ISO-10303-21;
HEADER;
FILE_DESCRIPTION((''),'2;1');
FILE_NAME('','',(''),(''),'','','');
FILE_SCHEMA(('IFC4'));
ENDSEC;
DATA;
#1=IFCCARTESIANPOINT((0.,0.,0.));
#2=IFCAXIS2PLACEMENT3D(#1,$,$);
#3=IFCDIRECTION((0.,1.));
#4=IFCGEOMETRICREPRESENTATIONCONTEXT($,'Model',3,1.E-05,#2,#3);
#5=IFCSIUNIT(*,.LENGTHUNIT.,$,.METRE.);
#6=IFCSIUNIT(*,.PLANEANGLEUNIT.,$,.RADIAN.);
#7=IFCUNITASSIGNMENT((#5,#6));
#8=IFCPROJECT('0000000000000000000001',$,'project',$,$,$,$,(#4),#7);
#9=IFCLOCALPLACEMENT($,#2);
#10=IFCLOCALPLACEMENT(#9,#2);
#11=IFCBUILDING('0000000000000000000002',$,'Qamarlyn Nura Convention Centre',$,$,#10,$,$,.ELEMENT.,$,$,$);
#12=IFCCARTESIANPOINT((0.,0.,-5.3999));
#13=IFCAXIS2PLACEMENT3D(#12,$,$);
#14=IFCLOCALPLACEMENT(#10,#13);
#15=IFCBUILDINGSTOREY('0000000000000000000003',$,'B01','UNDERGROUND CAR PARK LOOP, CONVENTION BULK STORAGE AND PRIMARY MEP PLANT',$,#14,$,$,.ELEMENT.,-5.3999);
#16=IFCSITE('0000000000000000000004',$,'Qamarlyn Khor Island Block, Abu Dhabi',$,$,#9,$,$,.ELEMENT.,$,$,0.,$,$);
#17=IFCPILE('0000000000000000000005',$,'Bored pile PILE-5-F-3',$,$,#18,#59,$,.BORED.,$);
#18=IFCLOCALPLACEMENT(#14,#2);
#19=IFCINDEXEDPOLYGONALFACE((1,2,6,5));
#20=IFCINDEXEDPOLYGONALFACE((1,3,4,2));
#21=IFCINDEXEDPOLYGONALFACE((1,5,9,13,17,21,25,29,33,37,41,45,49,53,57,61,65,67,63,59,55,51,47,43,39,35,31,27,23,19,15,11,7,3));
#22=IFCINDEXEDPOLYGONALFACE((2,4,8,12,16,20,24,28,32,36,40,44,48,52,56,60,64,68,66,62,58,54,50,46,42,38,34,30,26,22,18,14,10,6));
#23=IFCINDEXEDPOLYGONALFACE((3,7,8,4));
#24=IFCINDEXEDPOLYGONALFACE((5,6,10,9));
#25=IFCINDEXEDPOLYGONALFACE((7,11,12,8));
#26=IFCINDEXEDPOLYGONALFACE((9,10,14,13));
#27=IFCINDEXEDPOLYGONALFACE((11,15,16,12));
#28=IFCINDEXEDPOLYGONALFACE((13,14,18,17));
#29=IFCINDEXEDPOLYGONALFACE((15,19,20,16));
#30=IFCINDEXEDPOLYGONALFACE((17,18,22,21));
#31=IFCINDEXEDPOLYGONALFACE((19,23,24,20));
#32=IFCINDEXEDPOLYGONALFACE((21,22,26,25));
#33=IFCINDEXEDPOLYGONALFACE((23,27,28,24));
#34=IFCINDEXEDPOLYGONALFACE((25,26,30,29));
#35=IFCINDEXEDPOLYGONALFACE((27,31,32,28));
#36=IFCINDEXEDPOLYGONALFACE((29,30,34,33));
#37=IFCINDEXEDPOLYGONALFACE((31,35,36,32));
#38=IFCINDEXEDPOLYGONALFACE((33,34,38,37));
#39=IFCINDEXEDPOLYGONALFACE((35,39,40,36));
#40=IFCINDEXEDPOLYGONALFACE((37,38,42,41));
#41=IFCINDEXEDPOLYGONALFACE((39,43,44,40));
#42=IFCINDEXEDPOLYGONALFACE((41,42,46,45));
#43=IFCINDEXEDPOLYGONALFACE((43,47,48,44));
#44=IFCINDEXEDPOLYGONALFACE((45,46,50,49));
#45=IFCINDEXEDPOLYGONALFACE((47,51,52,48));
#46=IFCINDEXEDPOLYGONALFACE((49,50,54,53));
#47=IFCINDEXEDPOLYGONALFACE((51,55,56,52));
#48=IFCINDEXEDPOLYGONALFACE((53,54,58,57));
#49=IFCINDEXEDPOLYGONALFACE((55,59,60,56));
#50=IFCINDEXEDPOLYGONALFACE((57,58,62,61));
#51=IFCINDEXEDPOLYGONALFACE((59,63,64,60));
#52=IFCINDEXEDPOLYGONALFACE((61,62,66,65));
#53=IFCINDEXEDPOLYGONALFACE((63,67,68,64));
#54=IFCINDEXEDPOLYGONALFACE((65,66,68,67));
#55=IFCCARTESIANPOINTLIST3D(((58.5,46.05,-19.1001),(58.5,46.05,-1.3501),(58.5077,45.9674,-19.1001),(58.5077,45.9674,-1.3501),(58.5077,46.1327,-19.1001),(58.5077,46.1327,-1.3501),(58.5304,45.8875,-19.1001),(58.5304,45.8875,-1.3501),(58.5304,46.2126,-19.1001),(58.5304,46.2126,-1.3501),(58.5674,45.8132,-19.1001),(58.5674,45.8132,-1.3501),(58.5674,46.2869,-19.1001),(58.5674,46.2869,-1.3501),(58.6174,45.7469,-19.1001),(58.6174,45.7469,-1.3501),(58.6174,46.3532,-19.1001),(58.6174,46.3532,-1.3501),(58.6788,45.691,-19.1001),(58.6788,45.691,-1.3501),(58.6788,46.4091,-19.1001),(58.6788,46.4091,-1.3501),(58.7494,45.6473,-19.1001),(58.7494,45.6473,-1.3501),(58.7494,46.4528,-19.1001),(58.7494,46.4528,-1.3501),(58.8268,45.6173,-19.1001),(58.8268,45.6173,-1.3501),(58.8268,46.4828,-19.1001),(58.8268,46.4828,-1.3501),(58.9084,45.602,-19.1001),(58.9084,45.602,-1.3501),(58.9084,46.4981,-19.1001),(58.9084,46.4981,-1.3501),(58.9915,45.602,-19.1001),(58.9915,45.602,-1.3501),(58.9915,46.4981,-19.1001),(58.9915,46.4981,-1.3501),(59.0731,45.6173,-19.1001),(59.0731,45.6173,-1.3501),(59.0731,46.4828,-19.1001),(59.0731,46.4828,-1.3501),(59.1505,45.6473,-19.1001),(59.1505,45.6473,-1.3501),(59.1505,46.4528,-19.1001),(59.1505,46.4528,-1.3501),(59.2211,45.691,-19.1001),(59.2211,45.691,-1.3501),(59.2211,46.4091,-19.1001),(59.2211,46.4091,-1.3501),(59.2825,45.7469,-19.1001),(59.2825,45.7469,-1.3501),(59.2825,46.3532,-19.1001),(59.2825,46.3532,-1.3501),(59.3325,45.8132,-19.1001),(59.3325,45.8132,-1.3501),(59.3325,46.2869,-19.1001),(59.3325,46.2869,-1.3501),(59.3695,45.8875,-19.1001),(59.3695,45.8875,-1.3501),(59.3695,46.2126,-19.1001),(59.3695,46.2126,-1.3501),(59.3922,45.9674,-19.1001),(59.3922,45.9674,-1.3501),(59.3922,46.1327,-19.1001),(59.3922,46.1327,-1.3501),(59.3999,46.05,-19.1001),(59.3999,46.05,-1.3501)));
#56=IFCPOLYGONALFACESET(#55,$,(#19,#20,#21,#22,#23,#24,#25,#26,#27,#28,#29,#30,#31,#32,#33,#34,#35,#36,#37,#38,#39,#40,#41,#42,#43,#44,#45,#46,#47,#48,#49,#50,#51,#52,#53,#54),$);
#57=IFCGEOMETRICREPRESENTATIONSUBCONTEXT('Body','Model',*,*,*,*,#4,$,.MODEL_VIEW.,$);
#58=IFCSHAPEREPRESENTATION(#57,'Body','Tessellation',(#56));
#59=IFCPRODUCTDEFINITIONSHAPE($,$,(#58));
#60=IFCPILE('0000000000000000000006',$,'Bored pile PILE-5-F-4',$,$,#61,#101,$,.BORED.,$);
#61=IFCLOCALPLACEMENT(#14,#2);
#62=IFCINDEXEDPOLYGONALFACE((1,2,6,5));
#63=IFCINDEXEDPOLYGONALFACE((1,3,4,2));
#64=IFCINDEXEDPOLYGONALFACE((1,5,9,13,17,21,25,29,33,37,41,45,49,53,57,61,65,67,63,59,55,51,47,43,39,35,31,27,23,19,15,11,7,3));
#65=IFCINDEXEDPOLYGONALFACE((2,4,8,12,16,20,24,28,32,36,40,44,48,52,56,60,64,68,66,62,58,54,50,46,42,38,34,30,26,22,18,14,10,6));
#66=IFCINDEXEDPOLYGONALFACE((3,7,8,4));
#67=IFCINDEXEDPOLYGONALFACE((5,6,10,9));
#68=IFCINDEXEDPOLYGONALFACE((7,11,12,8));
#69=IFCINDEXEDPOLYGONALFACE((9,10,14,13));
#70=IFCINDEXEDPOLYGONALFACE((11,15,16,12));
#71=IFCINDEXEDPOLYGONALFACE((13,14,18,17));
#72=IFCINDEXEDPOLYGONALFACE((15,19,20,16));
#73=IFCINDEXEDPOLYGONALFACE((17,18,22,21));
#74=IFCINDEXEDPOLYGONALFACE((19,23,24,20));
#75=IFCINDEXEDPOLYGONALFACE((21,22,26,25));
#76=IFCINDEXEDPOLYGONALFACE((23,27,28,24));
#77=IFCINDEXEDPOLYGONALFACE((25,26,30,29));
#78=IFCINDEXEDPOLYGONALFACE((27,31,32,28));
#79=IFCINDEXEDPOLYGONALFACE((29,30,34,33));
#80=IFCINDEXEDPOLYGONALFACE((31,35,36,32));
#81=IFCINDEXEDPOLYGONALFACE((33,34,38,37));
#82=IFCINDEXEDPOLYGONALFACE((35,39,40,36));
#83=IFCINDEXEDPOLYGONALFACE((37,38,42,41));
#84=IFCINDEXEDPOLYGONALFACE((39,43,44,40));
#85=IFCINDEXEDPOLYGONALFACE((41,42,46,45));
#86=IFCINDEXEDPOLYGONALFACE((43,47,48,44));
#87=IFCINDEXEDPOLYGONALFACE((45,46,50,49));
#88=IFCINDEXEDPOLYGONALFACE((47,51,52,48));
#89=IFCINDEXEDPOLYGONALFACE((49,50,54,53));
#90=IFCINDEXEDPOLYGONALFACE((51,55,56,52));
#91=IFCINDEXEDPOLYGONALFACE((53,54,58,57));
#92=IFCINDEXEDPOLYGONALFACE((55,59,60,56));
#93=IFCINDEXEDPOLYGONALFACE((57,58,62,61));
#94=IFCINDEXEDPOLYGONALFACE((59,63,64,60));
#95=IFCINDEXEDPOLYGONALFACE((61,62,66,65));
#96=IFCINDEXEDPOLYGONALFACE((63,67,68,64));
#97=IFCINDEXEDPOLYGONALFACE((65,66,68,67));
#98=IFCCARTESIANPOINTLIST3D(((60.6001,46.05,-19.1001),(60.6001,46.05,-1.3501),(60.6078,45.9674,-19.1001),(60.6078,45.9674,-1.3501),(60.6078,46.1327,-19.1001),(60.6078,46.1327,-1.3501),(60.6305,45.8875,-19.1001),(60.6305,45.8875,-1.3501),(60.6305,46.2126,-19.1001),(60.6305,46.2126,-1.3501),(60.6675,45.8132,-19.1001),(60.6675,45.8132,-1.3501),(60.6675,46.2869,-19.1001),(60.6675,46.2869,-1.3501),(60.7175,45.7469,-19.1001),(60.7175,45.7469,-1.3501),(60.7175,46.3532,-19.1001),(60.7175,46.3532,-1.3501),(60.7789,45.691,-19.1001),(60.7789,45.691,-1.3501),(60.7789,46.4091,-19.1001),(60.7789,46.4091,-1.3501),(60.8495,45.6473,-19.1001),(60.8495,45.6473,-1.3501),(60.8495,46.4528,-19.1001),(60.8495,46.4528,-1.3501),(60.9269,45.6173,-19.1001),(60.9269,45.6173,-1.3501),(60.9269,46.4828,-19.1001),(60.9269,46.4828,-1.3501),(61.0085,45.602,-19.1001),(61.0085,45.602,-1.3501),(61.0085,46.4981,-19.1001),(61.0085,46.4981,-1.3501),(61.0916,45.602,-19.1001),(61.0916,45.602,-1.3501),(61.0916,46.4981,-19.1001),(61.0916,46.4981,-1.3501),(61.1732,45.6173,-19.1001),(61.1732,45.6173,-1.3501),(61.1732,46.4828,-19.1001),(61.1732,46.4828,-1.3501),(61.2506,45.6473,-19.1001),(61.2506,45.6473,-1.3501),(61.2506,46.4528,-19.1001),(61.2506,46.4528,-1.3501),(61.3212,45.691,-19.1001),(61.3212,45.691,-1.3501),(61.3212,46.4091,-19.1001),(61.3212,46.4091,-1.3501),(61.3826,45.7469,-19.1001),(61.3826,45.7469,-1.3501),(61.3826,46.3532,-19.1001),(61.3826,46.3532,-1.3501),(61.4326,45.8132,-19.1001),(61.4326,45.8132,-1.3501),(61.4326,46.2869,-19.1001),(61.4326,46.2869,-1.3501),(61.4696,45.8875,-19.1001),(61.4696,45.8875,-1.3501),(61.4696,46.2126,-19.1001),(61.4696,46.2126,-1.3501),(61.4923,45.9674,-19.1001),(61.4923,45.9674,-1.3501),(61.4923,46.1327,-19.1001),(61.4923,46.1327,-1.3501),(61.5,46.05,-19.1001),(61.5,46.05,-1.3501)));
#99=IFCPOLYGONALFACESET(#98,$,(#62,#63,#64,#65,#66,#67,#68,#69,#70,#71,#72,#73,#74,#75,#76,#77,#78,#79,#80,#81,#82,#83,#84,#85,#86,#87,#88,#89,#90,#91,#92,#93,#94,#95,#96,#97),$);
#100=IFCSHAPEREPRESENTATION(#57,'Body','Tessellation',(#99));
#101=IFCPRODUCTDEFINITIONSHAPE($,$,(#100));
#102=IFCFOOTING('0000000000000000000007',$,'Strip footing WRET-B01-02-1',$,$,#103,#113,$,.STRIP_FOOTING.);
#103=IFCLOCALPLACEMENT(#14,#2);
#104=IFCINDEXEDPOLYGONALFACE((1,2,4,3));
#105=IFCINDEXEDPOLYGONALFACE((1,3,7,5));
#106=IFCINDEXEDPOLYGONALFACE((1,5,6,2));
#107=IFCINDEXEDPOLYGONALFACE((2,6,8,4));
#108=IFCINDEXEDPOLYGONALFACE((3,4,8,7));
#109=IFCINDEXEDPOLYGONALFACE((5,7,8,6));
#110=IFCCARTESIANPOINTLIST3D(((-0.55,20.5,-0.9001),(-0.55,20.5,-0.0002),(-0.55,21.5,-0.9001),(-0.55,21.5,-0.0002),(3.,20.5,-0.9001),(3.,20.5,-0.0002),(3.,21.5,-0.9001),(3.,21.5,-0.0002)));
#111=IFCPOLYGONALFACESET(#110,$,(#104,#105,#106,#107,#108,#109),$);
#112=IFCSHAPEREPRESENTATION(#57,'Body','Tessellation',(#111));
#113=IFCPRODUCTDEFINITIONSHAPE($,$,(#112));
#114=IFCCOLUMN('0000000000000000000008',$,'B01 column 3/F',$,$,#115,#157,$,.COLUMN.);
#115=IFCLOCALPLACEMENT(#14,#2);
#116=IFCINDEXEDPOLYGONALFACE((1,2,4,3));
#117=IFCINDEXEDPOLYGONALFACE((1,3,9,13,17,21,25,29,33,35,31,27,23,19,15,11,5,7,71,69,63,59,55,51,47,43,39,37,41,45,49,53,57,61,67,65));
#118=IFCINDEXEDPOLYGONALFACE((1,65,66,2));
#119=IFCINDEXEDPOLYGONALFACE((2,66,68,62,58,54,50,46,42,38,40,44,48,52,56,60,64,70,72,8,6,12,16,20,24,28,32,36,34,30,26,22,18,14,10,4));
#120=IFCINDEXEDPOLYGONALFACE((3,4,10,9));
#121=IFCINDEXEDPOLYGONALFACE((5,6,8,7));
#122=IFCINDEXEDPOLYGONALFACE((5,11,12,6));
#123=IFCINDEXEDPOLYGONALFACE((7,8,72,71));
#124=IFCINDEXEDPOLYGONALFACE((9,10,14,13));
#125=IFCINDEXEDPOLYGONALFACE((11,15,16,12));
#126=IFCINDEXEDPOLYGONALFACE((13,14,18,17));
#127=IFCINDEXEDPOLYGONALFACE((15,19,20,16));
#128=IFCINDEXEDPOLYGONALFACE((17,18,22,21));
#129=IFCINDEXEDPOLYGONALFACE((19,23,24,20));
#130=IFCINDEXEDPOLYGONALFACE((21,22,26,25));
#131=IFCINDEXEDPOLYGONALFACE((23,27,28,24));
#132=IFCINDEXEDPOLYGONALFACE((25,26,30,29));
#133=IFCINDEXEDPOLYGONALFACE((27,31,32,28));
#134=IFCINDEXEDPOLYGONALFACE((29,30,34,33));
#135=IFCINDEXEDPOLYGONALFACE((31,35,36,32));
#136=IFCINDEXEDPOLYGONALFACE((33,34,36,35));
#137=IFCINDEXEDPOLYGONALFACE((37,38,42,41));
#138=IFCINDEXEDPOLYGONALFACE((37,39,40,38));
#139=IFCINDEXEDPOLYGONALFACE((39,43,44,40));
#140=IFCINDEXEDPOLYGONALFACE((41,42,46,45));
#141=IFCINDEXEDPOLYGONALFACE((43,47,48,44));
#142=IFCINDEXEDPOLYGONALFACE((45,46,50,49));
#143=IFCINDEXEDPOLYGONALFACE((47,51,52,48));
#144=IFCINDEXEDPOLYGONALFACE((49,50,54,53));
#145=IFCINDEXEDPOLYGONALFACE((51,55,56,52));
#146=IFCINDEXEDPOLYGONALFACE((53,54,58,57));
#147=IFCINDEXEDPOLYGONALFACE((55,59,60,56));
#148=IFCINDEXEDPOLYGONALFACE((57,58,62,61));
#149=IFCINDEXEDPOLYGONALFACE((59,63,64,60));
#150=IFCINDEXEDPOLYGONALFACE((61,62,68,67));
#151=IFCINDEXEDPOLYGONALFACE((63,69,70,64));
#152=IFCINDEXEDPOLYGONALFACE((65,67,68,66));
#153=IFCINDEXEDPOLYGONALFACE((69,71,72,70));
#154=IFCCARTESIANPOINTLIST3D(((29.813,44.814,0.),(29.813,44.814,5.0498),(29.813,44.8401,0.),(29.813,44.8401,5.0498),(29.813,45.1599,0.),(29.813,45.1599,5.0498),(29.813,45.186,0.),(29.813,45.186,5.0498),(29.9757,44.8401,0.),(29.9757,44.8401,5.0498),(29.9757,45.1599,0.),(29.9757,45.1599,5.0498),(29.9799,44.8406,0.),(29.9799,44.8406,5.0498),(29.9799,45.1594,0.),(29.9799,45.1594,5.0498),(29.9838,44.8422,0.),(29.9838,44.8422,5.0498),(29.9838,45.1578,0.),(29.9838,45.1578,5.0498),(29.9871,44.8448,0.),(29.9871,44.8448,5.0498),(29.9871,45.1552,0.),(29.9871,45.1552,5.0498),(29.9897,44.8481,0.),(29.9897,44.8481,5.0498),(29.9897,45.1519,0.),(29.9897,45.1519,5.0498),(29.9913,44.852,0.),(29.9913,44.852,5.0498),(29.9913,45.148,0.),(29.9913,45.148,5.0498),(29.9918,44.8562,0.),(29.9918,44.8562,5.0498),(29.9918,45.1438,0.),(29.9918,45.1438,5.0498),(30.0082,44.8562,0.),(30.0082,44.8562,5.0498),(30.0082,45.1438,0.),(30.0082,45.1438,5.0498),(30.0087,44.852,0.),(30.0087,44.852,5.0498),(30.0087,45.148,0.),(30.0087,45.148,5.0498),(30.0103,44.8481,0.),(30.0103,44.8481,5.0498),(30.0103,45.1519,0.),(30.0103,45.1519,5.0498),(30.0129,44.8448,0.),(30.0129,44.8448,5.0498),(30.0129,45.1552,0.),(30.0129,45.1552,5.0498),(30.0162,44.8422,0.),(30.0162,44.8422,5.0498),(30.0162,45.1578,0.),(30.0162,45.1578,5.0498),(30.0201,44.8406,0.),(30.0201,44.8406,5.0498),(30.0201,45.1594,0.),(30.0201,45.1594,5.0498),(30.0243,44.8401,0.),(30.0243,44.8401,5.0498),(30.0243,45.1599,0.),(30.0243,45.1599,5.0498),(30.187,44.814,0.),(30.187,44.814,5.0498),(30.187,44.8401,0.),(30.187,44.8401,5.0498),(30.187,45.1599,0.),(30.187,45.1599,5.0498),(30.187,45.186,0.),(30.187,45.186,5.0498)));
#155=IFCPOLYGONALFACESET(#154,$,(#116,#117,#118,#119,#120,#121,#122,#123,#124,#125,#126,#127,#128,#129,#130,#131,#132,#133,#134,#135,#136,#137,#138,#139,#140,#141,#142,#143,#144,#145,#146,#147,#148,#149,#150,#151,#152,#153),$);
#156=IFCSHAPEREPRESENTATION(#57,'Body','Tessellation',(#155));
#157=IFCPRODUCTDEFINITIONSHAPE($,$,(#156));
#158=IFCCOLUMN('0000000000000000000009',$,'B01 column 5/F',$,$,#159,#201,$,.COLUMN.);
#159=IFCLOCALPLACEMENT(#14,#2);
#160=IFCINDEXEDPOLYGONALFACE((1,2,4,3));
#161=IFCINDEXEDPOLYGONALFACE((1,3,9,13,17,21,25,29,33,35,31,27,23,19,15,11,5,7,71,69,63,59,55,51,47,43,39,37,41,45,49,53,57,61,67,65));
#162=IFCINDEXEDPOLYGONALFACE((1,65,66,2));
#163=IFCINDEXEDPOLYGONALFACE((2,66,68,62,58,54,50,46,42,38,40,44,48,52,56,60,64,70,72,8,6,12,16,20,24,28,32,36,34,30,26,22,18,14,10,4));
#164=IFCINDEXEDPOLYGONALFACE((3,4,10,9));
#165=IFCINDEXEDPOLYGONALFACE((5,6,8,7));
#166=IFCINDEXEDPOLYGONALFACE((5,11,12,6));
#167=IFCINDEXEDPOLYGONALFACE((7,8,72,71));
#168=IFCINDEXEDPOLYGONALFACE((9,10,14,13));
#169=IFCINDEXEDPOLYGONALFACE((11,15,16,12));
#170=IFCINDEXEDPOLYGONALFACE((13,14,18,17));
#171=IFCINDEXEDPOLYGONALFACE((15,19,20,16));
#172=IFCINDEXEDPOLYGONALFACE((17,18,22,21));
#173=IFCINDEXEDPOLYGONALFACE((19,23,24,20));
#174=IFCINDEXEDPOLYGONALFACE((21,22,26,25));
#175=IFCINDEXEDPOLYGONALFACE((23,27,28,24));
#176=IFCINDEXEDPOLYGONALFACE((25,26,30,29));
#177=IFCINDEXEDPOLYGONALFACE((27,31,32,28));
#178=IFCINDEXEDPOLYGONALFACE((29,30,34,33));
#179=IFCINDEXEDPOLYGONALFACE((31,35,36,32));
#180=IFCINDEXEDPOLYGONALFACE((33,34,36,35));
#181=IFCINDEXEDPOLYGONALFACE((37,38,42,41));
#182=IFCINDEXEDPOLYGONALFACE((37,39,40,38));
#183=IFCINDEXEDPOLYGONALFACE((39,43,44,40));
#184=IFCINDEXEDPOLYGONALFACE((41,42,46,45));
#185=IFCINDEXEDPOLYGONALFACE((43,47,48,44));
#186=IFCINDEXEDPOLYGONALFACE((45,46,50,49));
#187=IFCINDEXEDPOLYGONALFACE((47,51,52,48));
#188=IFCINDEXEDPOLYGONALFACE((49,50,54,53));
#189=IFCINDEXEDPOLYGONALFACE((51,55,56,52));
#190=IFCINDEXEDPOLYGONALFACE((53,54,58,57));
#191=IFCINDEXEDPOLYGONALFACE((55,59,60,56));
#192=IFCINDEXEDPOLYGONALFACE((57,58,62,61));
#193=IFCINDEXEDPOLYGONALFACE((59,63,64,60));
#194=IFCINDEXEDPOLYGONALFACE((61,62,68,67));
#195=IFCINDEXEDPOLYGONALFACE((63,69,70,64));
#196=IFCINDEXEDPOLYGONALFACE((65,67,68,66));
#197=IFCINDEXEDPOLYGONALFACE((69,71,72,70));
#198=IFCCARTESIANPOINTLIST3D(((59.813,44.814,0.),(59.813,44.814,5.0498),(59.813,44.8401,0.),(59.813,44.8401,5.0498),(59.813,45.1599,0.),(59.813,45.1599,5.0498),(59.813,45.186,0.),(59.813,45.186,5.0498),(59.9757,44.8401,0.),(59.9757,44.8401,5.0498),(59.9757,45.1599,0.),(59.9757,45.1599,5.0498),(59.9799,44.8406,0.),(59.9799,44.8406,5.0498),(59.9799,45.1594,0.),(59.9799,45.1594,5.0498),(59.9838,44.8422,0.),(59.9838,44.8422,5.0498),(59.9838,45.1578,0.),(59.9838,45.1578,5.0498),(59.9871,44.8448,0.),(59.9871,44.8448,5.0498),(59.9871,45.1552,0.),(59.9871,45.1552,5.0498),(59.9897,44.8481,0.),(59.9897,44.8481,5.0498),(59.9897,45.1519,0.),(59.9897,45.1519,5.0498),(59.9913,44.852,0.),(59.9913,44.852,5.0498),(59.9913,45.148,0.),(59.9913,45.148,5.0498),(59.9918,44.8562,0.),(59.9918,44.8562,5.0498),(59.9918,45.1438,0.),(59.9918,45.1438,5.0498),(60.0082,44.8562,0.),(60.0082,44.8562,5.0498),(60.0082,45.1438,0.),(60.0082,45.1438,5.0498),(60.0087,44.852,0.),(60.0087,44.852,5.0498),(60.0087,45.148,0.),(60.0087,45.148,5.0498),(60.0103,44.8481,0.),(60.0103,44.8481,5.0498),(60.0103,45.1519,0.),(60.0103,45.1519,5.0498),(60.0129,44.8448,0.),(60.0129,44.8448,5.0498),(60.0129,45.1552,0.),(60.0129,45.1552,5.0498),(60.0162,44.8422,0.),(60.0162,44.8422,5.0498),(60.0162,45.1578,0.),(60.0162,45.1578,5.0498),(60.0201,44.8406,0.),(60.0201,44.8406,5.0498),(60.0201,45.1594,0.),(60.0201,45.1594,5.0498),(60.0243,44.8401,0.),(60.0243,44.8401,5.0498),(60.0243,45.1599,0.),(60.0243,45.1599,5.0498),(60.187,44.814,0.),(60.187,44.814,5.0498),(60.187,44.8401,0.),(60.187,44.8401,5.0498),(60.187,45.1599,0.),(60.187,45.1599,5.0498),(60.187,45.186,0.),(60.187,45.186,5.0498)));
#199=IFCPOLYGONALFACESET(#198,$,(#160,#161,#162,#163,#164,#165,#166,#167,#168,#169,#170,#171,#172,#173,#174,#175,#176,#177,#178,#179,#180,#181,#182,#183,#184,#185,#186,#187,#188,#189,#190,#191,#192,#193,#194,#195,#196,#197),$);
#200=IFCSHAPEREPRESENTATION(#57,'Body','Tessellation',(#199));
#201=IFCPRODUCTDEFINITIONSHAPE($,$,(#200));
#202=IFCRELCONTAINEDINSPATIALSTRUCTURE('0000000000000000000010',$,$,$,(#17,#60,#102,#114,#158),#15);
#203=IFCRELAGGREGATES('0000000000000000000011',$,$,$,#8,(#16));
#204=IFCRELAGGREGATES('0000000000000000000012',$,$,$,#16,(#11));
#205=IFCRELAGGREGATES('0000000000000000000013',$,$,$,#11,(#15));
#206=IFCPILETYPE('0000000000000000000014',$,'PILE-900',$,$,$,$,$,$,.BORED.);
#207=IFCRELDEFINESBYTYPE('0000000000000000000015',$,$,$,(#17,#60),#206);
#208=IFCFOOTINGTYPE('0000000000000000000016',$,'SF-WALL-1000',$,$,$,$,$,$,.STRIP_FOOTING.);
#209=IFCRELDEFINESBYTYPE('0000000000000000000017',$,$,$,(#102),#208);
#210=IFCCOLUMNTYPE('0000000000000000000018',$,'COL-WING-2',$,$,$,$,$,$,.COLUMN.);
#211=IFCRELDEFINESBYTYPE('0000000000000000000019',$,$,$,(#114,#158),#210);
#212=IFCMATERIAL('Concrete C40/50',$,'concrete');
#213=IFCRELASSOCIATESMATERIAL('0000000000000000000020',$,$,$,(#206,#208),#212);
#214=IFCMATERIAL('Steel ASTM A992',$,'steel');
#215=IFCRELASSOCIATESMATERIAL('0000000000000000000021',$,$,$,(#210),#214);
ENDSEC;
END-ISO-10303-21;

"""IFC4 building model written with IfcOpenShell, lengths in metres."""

from ifc_helpers import new_model, si_unit, direction, frame, origin, origin_2d, place, context, subcontext, project, spatial, rectangle, circle, i_section, extrude, material, material_profile, profile_set, type_object, element, save


model = new_model("IFC4")

# Units and contexts
model_context = context("Model", 3, precision=1e-05, world=origin(), true_north=direction((0.0, 1.0)))
body_context = subcontext(model_context, "Body", "Model", "MODEL_VIEW")
ifc_project = project(units=[si_unit("LENGTHUNIT", "METRE"), si_unit("PLANEANGLEUNIT", "RADIAN")], contexts=[model_context])

# Site, building, storey
site_placement = place(None, origin())
site = spatial("IfcSite", under=ifc_project, at=site_placement, Name="Qamarlyn Khor Island Block, Abu Dhabi", CompositionType="ELEMENT", RefElevation=0.0)
building_placement = place(site_placement, origin())
building = spatial("IfcBuilding", under=site, at=building_placement, Name="Qamarlyn Nura Convention Centre", CompositionType="ELEMENT")
storey_placement = place(building_placement, frame((0.0, 0.0, -5.3999)))
storey = spatial("IfcBuildingStorey", under=building, at=storey_placement, Name="B01", Description="UNDERGROUND CAR PARK LOOP, CONVENTION BULK STORAGE AND PRIMARY MEP PLANT", CompositionType="ELEMENT", Elevation=-5.3999)

# Shared definitions
ifc_material_1 = material(Name="Concrete C40/50", Category="concrete")

# Piles
ifc_material_profile_1 = material_profile(ifc_material_1, circle(Radius=0.45, at=origin_2d()), Name="BORED PILE 900")
ifc_profile_set_1 = profile_set([ifc_material_profile_1], Name="Concrete C40/50")
pile_type_1 = type_object("IfcPileType", Name="PILE-900", PredefinedType="BORED", material=ifc_profile_set_1)
for number, where, z_axis, x_axis, name in (
    (1, (58.95, 46.05, -1.3501), (0.0, 0.0, -1.0), (1.0, 0.0, 0.0), "Bored pile PILE-5-F-3"),
    (2, (61.05, 46.05, -1.3501), (0.0, 0.0, -1.0), (1.0, 0.0, 0.0), "Bored pile PILE-5-F-4"),
):
    element("IfcPile", number, at=place(storey_placement, frame(where, z_axis=z_axis, x_axis=x_axis)), inside=storey, type_object=pile_type_1, Name=name, PredefinedType="BORED", context=body_context, shape_type="SweptSolid", body=[
        extrude(circle(Radius=0.45, at=origin_2d()), origin(), (0.0, 0.0, 1.0), 17.75),
    ])

# Footing
ifc_material_profile_2 = material_profile(ifc_material_1, rectangle(XDim=1.0, YDim=0.8999, at=origin_2d()), Name="RC STRIP 1000x900")
ifc_profile_set_2 = profile_set([ifc_material_profile_2], Name="Concrete C40/50")
footing_type_1 = type_object("IfcFootingType", Name="SF-WALL-1000", PredefinedType="STRIP_FOOTING", material=ifc_profile_set_2)
footing_1_placement = place(storey_placement, frame((3.0, 21.0, -0.4502), z_axis=(-1.0, 0.0, 0.0), x_axis=(0.0, -1.0, 0.0)))
element("IfcFooting", 3, at=footing_1_placement, inside=storey, type_object=footing_type_1, Name="Strip footing WRET-B01-02-1", PredefinedType="STRIP_FOOTING", context=body_context, shape_type="SweptSolid", body=[
    extrude(rectangle(XDim=1.0, YDim=0.8999, at=origin_2d()), origin(), (0.0, 0.0, 1.0), 3.55),
])

# Columns
ifc_material_2 = material(Name="Steel ASTM A992", Category="steel")
ifc_material_profile_3 = material_profile(ifc_material_2, i_section(OverallWidth=0.374, OverallDepth=0.3721, WebThickness=0.0164, FlangeThickness=0.0261, FilletRadius=0.0161, at=origin_2d()), Name="W360X196")
ifc_profile_set_3 = profile_set([ifc_material_profile_3], Name="Steel ASTM A992")
column_type = type_object("IfcColumnType", Name="COL-WING-2", PredefinedType="COLUMN", material=ifc_profile_set_3)
for number, where, z_axis, x_axis, name in (
    (4, (30.0, 45.0, 0.0), (0.0, 0.0, 1.0), (1.0, 0.0, 0.0), "B01 column 3/F"),
    (5, (60.0, 45.0, 0.0), (0.0, 0.0, 1.0), (1.0, 0.0, 0.0), "B01 column 5/F"),
):
    element("IfcColumn", number, at=place(storey_placement, frame(where, z_axis=z_axis, x_axis=x_axis)), inside=storey, type_object=column_type, Name=name, PredefinedType="COLUMN", context=body_context, shape_type="SweptSolid", body=[
        extrude(i_section(OverallWidth=0.374, OverallDepth=0.3721, WebThickness=0.0164, FlangeThickness=0.0261, FilletRadius=0.0161, at=origin_2d()), origin(), (0.0, 0.0, 1.0), 5.0498),
    ])

save(model, "model.ifc")
